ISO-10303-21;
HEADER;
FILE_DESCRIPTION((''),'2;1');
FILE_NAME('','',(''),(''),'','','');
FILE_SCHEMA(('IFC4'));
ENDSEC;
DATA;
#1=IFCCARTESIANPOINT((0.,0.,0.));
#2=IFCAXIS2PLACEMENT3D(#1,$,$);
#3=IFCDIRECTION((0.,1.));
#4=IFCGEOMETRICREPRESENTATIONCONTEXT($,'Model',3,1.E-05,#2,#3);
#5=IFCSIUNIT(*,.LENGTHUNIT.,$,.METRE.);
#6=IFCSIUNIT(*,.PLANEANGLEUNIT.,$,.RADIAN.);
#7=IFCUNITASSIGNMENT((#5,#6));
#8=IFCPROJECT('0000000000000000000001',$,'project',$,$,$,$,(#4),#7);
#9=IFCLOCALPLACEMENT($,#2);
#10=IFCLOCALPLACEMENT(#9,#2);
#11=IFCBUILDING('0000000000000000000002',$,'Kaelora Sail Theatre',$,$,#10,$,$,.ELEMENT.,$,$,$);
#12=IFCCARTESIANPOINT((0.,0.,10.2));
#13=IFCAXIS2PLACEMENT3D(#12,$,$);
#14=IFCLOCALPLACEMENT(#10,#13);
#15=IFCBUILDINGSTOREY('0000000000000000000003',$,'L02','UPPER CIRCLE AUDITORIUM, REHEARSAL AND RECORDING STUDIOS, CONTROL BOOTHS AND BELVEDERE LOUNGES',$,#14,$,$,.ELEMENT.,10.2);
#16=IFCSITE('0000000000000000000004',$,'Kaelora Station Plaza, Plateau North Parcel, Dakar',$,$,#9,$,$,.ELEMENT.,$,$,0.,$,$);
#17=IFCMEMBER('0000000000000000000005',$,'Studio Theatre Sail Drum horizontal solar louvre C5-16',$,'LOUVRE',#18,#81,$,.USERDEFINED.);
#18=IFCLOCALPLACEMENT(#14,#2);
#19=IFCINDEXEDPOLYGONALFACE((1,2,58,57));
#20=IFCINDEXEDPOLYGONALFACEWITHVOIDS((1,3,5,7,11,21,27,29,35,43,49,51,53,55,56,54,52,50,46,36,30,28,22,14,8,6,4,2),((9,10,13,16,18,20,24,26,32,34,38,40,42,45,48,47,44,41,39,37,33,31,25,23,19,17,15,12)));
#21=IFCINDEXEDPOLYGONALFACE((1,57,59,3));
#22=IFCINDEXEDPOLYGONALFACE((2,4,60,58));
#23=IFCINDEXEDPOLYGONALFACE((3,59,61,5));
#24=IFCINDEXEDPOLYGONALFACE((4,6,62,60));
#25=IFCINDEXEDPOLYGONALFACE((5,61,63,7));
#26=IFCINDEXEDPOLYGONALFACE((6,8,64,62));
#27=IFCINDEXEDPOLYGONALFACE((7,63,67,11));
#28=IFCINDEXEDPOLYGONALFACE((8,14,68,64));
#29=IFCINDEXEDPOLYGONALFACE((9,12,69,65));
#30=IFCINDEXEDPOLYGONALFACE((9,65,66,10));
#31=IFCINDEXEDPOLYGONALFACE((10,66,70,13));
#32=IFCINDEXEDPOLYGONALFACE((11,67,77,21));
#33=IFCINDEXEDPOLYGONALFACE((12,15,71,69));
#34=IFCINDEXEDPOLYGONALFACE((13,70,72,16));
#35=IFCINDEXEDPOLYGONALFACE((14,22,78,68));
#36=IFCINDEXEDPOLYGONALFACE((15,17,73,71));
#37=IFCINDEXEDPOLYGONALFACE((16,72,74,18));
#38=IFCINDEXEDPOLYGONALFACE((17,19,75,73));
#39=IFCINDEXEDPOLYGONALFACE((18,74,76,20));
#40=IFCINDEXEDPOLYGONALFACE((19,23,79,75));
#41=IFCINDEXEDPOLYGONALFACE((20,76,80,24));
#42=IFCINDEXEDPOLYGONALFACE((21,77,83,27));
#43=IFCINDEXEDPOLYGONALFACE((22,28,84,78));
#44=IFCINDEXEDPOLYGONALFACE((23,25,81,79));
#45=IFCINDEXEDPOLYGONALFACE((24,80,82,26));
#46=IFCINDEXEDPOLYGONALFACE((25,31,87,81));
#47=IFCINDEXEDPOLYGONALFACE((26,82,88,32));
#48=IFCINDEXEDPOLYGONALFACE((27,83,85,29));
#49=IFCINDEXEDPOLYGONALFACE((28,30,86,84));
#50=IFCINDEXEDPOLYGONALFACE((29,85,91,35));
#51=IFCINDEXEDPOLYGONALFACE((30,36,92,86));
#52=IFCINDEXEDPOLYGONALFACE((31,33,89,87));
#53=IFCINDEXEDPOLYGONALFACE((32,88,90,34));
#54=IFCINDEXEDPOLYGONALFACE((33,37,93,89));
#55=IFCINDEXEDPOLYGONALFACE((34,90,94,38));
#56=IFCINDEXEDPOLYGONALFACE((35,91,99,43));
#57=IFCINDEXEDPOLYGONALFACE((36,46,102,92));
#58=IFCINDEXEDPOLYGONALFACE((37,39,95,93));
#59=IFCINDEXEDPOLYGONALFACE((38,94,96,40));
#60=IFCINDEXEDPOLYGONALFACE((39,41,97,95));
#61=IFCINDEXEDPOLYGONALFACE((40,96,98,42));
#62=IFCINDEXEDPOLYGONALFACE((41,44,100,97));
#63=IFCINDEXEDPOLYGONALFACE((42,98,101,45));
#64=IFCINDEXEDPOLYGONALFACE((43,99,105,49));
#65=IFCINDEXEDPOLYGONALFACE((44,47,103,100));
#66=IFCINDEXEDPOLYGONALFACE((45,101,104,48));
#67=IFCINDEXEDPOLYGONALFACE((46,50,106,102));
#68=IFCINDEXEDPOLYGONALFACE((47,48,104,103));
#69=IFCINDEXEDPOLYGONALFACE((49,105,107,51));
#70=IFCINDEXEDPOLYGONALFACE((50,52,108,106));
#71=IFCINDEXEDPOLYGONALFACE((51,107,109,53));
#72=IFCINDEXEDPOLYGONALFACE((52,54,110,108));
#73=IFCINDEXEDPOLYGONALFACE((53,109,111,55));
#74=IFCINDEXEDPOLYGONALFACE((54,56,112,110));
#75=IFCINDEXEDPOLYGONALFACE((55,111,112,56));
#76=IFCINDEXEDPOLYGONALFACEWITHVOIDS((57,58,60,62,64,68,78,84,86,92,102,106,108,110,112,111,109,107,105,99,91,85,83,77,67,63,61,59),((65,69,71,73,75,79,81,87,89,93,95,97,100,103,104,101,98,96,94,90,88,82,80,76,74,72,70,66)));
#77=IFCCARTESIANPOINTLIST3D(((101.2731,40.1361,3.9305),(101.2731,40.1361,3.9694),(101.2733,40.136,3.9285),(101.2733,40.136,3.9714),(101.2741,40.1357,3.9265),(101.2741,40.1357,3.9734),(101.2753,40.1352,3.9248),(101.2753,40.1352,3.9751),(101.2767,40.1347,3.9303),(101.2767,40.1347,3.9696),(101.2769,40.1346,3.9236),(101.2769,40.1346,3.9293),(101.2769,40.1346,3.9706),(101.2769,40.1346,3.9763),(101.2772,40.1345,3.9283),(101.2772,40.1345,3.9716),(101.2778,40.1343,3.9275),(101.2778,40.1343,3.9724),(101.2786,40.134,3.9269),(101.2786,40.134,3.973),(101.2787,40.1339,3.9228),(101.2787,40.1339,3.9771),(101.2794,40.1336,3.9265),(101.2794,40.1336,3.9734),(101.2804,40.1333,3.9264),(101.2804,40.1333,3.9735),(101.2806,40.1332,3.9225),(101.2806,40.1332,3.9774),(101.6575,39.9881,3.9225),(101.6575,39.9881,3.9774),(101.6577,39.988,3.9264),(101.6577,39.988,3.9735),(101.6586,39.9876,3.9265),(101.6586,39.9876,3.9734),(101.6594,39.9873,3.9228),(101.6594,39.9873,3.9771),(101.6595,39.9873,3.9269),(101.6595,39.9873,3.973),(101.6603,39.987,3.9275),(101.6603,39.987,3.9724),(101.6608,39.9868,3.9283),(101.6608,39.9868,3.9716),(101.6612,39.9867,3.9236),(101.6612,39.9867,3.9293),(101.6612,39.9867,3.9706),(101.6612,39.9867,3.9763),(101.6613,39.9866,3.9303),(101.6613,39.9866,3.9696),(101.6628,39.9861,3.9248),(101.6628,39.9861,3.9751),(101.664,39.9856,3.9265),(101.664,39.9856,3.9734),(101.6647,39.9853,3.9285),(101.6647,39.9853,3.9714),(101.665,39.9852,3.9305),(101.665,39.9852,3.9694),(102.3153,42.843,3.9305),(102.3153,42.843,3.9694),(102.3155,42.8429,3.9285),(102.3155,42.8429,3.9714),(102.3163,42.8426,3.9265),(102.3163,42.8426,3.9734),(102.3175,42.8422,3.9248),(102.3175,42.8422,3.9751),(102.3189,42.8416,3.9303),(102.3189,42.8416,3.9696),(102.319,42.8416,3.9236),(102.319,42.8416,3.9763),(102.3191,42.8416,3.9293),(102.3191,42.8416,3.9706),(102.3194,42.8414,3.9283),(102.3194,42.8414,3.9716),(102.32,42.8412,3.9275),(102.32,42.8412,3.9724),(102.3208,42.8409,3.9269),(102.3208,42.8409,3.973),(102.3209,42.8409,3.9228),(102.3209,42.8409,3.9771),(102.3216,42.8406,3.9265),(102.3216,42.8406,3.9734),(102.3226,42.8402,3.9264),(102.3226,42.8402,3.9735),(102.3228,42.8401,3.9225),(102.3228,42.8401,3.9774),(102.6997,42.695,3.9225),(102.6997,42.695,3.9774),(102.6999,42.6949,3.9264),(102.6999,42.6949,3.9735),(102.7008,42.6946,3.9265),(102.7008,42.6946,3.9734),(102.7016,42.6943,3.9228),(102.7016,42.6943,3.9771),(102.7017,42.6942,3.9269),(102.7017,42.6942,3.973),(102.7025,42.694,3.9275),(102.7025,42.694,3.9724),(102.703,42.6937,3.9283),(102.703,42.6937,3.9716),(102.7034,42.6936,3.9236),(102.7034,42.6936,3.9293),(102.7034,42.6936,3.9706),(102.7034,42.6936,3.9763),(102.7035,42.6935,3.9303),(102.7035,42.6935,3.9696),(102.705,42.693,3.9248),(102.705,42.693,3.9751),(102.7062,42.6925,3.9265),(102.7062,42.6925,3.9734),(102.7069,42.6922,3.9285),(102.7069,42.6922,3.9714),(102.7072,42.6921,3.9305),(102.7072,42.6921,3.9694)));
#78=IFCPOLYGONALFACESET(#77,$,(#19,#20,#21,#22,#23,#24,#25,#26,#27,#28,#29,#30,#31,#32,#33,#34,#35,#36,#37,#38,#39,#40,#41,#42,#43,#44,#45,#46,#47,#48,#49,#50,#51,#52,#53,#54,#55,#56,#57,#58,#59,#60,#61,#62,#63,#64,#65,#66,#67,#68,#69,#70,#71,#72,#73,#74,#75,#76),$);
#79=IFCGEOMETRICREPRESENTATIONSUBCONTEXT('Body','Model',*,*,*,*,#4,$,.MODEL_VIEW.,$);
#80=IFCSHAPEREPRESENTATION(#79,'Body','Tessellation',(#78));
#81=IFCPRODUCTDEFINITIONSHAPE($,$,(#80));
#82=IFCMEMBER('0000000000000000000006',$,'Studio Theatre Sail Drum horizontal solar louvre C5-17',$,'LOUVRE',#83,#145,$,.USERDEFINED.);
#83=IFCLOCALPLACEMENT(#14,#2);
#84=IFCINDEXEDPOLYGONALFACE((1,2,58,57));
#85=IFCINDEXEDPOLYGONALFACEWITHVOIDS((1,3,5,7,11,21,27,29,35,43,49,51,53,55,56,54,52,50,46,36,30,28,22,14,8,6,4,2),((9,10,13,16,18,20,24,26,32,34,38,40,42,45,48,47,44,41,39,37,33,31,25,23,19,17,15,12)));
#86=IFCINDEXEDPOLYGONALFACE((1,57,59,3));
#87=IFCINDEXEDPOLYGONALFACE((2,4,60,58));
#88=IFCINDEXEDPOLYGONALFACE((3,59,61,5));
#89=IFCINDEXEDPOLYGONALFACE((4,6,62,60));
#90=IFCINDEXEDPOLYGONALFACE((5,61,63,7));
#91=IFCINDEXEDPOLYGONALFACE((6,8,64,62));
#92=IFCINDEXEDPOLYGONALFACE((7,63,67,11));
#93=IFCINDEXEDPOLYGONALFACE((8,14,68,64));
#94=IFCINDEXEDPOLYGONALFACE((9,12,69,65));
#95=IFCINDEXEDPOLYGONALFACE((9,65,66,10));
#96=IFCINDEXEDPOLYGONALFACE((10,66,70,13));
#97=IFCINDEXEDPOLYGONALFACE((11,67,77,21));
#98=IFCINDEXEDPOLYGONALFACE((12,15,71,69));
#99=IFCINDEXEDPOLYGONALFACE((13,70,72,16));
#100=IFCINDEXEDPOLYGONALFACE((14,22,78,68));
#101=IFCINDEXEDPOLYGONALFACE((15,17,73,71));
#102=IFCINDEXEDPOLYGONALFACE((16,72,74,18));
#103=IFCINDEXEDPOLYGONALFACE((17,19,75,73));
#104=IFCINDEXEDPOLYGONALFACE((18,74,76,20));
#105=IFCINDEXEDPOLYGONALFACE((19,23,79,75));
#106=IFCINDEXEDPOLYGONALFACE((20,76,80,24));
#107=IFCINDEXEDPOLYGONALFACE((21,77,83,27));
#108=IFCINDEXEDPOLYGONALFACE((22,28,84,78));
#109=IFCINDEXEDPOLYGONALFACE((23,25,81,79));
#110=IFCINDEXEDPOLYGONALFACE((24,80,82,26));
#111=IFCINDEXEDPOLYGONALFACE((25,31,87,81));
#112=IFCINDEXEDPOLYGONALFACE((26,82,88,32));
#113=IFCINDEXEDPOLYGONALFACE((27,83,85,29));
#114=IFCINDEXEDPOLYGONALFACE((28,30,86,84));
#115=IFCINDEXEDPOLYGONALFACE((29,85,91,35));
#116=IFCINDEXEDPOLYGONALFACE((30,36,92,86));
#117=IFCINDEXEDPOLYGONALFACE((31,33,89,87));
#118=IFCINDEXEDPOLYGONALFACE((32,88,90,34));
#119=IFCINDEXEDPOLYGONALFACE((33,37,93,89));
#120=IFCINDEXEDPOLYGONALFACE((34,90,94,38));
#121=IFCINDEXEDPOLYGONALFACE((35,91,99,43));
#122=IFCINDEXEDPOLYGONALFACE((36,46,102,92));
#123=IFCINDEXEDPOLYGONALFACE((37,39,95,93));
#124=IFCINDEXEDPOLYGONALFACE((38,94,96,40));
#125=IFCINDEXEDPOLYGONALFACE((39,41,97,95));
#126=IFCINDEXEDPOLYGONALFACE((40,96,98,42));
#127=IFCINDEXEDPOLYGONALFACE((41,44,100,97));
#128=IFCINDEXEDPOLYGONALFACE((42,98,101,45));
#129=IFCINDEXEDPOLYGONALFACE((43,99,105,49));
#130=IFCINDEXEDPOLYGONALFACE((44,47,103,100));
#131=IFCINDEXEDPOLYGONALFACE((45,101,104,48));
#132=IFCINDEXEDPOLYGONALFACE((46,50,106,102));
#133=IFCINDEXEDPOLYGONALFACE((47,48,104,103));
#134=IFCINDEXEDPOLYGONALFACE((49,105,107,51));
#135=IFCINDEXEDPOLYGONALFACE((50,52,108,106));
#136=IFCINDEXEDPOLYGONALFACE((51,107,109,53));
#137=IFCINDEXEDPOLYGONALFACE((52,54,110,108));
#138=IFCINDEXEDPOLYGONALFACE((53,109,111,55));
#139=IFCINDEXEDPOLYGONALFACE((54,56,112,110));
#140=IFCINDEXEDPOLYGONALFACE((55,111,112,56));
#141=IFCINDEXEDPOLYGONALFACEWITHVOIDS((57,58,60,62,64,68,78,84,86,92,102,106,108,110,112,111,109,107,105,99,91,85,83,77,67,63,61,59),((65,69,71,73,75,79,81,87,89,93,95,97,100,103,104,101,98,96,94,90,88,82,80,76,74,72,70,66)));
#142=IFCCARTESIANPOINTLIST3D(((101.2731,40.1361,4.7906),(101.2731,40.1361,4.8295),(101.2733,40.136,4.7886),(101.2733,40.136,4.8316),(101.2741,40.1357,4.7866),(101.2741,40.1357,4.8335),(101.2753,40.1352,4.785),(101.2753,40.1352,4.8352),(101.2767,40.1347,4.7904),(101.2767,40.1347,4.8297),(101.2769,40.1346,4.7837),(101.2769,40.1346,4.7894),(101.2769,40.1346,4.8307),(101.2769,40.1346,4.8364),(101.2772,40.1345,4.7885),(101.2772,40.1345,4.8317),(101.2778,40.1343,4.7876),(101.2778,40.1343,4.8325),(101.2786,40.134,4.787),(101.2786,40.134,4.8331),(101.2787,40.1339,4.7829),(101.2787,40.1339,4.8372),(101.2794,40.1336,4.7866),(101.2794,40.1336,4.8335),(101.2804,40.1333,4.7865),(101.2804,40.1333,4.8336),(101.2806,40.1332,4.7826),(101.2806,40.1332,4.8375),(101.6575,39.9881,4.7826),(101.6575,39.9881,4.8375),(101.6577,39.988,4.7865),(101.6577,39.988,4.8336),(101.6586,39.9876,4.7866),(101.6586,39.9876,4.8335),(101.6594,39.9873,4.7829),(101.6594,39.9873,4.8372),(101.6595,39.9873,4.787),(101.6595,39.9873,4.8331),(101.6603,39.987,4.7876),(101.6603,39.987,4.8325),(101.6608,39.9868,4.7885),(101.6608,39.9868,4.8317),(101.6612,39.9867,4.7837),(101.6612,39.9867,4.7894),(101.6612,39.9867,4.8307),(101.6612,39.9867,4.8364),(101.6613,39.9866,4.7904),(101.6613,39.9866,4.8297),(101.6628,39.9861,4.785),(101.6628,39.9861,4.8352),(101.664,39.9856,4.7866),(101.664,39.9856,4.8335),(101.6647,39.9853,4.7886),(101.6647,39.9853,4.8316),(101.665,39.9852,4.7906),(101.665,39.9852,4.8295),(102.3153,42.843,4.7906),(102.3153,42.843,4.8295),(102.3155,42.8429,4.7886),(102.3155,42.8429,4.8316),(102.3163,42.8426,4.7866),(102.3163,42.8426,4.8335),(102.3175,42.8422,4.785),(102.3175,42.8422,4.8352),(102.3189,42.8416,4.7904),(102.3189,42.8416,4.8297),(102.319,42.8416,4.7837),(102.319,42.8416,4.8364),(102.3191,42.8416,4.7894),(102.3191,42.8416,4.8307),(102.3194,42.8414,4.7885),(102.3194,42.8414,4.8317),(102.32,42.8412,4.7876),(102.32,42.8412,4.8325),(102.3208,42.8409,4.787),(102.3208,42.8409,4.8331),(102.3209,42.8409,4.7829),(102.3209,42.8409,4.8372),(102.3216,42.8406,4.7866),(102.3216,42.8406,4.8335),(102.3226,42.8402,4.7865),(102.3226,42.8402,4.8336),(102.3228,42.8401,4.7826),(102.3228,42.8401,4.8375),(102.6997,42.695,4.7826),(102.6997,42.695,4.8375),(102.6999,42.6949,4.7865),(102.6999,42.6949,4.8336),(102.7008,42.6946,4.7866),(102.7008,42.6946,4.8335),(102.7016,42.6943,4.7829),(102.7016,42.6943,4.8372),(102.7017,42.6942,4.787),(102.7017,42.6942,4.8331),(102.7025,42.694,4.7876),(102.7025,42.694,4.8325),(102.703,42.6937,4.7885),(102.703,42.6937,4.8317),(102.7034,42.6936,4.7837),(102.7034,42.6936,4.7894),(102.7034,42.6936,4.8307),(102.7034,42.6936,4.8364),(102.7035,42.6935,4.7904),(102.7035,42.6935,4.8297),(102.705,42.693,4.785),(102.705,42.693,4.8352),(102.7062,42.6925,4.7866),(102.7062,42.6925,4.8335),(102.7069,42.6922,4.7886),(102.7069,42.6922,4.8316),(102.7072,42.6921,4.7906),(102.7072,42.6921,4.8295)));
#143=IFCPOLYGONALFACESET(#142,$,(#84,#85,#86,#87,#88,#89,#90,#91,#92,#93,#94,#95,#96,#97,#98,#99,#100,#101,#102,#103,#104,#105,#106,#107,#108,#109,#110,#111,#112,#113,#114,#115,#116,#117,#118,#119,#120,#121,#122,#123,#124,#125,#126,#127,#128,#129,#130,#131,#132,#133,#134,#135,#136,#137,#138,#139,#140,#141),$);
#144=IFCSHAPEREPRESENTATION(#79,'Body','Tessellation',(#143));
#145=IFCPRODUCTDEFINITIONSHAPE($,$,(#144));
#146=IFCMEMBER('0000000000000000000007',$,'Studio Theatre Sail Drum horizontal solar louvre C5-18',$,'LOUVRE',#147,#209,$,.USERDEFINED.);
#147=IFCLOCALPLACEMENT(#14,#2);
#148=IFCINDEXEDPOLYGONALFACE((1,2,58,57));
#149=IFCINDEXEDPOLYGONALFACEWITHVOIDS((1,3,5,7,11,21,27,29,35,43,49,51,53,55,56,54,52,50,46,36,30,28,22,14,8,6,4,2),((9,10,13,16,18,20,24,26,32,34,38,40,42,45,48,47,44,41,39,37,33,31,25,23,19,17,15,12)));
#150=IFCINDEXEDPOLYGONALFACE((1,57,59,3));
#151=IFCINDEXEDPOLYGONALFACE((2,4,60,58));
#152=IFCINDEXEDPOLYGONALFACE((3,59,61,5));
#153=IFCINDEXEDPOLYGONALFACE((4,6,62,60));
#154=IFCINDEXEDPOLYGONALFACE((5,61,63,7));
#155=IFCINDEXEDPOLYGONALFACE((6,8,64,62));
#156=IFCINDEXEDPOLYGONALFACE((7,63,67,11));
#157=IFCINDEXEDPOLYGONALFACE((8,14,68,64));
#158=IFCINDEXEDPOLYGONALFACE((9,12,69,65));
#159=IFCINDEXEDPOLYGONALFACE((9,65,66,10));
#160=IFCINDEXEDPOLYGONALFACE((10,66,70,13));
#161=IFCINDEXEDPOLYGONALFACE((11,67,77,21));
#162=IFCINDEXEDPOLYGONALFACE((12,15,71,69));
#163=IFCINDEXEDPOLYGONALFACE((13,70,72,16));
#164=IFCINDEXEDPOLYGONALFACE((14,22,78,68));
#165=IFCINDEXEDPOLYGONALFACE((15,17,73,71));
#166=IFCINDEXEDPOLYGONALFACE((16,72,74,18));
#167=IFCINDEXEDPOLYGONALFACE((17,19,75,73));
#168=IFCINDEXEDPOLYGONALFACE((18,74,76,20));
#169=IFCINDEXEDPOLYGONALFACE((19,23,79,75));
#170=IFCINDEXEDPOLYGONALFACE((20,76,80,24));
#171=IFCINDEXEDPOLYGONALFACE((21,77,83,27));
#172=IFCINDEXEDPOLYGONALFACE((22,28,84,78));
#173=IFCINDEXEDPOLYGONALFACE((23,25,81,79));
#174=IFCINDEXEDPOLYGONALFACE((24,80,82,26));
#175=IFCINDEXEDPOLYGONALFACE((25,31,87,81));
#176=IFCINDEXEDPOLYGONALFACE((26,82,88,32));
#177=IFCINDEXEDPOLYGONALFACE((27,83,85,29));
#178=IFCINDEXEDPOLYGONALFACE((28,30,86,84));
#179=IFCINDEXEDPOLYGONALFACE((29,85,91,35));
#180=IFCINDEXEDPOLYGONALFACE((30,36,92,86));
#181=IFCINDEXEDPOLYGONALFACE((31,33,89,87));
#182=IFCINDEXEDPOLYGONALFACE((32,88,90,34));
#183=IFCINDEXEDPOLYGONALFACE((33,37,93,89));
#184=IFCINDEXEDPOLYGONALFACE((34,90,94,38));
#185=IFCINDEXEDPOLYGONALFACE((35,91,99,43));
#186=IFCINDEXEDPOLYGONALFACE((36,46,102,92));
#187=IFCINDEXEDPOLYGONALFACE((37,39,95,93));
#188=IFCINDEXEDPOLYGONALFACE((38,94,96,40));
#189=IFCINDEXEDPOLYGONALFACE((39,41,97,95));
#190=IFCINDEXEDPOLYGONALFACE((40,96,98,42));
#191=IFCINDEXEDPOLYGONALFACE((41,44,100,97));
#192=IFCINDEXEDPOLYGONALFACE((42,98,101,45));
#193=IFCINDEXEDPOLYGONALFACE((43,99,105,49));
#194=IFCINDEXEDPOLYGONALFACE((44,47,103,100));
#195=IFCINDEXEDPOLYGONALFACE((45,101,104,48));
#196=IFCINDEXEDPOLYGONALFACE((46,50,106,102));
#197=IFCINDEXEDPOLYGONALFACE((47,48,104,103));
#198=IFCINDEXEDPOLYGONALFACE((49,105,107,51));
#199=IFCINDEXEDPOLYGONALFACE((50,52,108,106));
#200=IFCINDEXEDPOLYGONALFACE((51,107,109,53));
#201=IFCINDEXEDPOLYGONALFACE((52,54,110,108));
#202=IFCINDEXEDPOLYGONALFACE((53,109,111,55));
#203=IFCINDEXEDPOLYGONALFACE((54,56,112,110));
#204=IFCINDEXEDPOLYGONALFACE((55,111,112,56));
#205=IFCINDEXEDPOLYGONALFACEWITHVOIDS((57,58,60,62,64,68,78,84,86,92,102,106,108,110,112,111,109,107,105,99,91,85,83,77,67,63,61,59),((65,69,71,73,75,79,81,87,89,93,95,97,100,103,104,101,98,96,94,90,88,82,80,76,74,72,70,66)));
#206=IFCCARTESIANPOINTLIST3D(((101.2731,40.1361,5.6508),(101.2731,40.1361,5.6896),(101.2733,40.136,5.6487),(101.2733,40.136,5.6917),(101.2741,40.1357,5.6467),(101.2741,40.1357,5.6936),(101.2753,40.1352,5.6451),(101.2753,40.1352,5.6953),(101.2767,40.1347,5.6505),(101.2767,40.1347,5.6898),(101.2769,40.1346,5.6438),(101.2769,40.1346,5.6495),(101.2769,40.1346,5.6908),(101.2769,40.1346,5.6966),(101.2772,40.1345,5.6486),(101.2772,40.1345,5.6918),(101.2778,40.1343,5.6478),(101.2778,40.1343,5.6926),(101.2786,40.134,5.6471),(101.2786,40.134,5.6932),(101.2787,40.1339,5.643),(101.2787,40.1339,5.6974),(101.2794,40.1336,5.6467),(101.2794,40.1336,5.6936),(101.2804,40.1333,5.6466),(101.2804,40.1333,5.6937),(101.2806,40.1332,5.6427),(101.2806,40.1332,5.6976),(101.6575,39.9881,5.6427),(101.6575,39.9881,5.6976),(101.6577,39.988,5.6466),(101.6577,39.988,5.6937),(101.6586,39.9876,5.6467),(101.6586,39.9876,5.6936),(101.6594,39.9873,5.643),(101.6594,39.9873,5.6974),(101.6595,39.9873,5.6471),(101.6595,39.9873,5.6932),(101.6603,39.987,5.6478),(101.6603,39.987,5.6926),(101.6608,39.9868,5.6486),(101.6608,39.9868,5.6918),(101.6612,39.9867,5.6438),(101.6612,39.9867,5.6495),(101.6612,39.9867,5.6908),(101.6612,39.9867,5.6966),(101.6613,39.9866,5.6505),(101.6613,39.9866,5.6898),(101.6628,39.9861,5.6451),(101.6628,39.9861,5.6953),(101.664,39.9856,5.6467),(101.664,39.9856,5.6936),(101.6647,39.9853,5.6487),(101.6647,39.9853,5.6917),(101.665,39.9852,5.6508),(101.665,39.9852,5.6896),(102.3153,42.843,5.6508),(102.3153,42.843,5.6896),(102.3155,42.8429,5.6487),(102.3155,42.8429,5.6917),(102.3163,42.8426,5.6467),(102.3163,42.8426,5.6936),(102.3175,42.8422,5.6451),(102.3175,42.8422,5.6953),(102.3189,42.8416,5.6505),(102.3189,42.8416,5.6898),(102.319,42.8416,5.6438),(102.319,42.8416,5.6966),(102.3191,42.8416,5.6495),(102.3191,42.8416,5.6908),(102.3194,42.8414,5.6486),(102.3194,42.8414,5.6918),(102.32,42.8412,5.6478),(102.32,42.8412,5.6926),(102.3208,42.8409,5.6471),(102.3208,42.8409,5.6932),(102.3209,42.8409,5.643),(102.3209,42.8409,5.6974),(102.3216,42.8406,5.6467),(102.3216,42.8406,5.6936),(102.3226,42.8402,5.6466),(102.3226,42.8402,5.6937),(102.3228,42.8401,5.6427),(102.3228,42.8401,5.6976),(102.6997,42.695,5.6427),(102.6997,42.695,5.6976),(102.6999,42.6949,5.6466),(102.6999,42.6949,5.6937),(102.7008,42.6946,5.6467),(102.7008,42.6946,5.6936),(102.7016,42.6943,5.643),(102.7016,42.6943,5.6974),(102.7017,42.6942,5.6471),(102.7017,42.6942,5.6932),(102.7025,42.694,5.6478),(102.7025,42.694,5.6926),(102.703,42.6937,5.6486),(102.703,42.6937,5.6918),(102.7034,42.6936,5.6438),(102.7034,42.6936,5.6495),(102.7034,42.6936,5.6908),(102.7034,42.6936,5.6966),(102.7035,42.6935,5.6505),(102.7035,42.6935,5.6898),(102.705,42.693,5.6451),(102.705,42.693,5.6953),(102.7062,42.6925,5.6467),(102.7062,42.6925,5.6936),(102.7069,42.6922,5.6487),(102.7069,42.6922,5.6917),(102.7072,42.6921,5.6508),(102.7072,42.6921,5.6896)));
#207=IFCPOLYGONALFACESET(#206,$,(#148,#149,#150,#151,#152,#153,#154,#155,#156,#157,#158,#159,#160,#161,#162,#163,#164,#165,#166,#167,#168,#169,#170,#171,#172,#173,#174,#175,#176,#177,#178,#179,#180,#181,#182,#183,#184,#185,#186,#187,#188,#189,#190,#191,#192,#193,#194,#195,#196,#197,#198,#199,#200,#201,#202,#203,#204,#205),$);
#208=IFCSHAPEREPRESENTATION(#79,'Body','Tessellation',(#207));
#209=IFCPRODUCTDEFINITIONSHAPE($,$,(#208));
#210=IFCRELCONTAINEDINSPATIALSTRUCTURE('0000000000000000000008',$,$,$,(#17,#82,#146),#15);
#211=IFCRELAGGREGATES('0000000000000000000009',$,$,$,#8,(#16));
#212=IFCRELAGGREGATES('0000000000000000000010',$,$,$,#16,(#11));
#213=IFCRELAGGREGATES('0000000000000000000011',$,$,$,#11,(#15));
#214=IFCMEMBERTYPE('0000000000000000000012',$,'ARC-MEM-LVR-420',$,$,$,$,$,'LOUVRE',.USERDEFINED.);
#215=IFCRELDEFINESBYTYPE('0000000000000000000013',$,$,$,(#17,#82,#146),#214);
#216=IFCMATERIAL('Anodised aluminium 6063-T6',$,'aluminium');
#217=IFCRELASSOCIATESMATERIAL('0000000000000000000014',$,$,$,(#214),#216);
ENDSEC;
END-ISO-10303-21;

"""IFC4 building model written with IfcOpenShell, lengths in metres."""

from ifc_helpers import new_model, si_unit, direction, frame, origin, origin_2d, place, context, subcontext, project, spatial, hollow_rectangle, extrude, material, material_profile, profile_set, type_object, element, save


model = new_model("IFC4")

# Units and contexts
model_context = context("Model", 3, precision=1e-05, world=origin(), true_north=direction((0.0, 1.0)))
body_context = subcontext(model_context, "Body", "Model", "MODEL_VIEW")
ifc_project = project(units=[si_unit("LENGTHUNIT", "METRE"), si_unit("PLANEANGLEUNIT", "RADIAN")], contexts=[model_context])

# Site, building, storey
site_placement = place(None, origin())
site = spatial("IfcSite", under=ifc_project, at=site_placement, Name="Kaelora Station Plaza, Plateau North Parcel, Dakar", CompositionType="ELEMENT", RefElevation=0.0)
building_placement = place(site_placement, origin())
building = spatial("IfcBuilding", under=site, at=building_placement, Name="Kaelora Sail Theatre", CompositionType="ELEMENT")
storey_placement = place(building_placement, frame((0.0, 0.0, 10.2)))
storey = spatial("IfcBuildingStorey", under=building, at=storey_placement, Name="L02", Description="UPPER CIRCLE AUDITORIUM, REHEARSAL AND RECORDING STUDIOS, CONTROL BOOTHS AND BELVEDERE LOUNGES", CompositionType="ELEMENT", Elevation=10.2)

# Members
ifc_material_1 = material(Name="Anodised aluminium 6063-T6", Category="aluminium")
ifc_material_profile_1 = material_profile(ifc_material_1, hollow_rectangle(XDim=0.4199, YDim=0.0549, WallThickness=0.0039, InnerFilletRadius=0.0039, OuterFilletRadius=0.0081, at=origin_2d()), Name="LOUVRE 420x55x4")
ifc_profile_set_1 = profile_set([ifc_material_profile_1], Name="Anodised aluminium 6063-T6")
member_type = type_object("IfcMemberType", Name="ARC-MEM-LVR-420", ElementType="LOUVRE", PredefinedType="USERDEFINED", material=ifc_profile_set_1)
for number, where, z_axis, x_axis, name in (
    (1, (102.5112, 42.7676, 3.95), (-0.359301, -0.933222, 0.0), (0.933222, -0.359301, 0.0), "Studio Theatre Sail Drum horizontal solar louvre C5-16"),
    (2, (102.5112, 42.7676, 4.8101), (-0.359301, -0.933222, 0.0), (0.933222, -0.359301, 0.0), "Studio Theatre Sail Drum horizontal solar louvre C5-17"),
    (3, (102.5112, 42.7676, 5.6702), (-0.359301, -0.933222, 0.0), (0.933222, -0.359301, 0.0), "Studio Theatre Sail Drum horizontal solar louvre C5-18"),
):
    element("IfcMember", number, at=place(storey_placement, frame(where, z_axis=z_axis, x_axis=x_axis)), inside=storey, type_object=member_type, Name=name, ObjectType="LOUVRE", PredefinedType="USERDEFINED", context=body_context, shape_type="SweptSolid", body=[
        extrude(hollow_rectangle(XDim=0.4199, YDim=0.0549, WallThickness=0.0039, InnerFilletRadius=0.0039, OuterFilletRadius=0.0081, at=origin_2d()), origin(), (0.0, 0.0, 1.0), 2.9006),
    ])

save(model, "model.ifc")
